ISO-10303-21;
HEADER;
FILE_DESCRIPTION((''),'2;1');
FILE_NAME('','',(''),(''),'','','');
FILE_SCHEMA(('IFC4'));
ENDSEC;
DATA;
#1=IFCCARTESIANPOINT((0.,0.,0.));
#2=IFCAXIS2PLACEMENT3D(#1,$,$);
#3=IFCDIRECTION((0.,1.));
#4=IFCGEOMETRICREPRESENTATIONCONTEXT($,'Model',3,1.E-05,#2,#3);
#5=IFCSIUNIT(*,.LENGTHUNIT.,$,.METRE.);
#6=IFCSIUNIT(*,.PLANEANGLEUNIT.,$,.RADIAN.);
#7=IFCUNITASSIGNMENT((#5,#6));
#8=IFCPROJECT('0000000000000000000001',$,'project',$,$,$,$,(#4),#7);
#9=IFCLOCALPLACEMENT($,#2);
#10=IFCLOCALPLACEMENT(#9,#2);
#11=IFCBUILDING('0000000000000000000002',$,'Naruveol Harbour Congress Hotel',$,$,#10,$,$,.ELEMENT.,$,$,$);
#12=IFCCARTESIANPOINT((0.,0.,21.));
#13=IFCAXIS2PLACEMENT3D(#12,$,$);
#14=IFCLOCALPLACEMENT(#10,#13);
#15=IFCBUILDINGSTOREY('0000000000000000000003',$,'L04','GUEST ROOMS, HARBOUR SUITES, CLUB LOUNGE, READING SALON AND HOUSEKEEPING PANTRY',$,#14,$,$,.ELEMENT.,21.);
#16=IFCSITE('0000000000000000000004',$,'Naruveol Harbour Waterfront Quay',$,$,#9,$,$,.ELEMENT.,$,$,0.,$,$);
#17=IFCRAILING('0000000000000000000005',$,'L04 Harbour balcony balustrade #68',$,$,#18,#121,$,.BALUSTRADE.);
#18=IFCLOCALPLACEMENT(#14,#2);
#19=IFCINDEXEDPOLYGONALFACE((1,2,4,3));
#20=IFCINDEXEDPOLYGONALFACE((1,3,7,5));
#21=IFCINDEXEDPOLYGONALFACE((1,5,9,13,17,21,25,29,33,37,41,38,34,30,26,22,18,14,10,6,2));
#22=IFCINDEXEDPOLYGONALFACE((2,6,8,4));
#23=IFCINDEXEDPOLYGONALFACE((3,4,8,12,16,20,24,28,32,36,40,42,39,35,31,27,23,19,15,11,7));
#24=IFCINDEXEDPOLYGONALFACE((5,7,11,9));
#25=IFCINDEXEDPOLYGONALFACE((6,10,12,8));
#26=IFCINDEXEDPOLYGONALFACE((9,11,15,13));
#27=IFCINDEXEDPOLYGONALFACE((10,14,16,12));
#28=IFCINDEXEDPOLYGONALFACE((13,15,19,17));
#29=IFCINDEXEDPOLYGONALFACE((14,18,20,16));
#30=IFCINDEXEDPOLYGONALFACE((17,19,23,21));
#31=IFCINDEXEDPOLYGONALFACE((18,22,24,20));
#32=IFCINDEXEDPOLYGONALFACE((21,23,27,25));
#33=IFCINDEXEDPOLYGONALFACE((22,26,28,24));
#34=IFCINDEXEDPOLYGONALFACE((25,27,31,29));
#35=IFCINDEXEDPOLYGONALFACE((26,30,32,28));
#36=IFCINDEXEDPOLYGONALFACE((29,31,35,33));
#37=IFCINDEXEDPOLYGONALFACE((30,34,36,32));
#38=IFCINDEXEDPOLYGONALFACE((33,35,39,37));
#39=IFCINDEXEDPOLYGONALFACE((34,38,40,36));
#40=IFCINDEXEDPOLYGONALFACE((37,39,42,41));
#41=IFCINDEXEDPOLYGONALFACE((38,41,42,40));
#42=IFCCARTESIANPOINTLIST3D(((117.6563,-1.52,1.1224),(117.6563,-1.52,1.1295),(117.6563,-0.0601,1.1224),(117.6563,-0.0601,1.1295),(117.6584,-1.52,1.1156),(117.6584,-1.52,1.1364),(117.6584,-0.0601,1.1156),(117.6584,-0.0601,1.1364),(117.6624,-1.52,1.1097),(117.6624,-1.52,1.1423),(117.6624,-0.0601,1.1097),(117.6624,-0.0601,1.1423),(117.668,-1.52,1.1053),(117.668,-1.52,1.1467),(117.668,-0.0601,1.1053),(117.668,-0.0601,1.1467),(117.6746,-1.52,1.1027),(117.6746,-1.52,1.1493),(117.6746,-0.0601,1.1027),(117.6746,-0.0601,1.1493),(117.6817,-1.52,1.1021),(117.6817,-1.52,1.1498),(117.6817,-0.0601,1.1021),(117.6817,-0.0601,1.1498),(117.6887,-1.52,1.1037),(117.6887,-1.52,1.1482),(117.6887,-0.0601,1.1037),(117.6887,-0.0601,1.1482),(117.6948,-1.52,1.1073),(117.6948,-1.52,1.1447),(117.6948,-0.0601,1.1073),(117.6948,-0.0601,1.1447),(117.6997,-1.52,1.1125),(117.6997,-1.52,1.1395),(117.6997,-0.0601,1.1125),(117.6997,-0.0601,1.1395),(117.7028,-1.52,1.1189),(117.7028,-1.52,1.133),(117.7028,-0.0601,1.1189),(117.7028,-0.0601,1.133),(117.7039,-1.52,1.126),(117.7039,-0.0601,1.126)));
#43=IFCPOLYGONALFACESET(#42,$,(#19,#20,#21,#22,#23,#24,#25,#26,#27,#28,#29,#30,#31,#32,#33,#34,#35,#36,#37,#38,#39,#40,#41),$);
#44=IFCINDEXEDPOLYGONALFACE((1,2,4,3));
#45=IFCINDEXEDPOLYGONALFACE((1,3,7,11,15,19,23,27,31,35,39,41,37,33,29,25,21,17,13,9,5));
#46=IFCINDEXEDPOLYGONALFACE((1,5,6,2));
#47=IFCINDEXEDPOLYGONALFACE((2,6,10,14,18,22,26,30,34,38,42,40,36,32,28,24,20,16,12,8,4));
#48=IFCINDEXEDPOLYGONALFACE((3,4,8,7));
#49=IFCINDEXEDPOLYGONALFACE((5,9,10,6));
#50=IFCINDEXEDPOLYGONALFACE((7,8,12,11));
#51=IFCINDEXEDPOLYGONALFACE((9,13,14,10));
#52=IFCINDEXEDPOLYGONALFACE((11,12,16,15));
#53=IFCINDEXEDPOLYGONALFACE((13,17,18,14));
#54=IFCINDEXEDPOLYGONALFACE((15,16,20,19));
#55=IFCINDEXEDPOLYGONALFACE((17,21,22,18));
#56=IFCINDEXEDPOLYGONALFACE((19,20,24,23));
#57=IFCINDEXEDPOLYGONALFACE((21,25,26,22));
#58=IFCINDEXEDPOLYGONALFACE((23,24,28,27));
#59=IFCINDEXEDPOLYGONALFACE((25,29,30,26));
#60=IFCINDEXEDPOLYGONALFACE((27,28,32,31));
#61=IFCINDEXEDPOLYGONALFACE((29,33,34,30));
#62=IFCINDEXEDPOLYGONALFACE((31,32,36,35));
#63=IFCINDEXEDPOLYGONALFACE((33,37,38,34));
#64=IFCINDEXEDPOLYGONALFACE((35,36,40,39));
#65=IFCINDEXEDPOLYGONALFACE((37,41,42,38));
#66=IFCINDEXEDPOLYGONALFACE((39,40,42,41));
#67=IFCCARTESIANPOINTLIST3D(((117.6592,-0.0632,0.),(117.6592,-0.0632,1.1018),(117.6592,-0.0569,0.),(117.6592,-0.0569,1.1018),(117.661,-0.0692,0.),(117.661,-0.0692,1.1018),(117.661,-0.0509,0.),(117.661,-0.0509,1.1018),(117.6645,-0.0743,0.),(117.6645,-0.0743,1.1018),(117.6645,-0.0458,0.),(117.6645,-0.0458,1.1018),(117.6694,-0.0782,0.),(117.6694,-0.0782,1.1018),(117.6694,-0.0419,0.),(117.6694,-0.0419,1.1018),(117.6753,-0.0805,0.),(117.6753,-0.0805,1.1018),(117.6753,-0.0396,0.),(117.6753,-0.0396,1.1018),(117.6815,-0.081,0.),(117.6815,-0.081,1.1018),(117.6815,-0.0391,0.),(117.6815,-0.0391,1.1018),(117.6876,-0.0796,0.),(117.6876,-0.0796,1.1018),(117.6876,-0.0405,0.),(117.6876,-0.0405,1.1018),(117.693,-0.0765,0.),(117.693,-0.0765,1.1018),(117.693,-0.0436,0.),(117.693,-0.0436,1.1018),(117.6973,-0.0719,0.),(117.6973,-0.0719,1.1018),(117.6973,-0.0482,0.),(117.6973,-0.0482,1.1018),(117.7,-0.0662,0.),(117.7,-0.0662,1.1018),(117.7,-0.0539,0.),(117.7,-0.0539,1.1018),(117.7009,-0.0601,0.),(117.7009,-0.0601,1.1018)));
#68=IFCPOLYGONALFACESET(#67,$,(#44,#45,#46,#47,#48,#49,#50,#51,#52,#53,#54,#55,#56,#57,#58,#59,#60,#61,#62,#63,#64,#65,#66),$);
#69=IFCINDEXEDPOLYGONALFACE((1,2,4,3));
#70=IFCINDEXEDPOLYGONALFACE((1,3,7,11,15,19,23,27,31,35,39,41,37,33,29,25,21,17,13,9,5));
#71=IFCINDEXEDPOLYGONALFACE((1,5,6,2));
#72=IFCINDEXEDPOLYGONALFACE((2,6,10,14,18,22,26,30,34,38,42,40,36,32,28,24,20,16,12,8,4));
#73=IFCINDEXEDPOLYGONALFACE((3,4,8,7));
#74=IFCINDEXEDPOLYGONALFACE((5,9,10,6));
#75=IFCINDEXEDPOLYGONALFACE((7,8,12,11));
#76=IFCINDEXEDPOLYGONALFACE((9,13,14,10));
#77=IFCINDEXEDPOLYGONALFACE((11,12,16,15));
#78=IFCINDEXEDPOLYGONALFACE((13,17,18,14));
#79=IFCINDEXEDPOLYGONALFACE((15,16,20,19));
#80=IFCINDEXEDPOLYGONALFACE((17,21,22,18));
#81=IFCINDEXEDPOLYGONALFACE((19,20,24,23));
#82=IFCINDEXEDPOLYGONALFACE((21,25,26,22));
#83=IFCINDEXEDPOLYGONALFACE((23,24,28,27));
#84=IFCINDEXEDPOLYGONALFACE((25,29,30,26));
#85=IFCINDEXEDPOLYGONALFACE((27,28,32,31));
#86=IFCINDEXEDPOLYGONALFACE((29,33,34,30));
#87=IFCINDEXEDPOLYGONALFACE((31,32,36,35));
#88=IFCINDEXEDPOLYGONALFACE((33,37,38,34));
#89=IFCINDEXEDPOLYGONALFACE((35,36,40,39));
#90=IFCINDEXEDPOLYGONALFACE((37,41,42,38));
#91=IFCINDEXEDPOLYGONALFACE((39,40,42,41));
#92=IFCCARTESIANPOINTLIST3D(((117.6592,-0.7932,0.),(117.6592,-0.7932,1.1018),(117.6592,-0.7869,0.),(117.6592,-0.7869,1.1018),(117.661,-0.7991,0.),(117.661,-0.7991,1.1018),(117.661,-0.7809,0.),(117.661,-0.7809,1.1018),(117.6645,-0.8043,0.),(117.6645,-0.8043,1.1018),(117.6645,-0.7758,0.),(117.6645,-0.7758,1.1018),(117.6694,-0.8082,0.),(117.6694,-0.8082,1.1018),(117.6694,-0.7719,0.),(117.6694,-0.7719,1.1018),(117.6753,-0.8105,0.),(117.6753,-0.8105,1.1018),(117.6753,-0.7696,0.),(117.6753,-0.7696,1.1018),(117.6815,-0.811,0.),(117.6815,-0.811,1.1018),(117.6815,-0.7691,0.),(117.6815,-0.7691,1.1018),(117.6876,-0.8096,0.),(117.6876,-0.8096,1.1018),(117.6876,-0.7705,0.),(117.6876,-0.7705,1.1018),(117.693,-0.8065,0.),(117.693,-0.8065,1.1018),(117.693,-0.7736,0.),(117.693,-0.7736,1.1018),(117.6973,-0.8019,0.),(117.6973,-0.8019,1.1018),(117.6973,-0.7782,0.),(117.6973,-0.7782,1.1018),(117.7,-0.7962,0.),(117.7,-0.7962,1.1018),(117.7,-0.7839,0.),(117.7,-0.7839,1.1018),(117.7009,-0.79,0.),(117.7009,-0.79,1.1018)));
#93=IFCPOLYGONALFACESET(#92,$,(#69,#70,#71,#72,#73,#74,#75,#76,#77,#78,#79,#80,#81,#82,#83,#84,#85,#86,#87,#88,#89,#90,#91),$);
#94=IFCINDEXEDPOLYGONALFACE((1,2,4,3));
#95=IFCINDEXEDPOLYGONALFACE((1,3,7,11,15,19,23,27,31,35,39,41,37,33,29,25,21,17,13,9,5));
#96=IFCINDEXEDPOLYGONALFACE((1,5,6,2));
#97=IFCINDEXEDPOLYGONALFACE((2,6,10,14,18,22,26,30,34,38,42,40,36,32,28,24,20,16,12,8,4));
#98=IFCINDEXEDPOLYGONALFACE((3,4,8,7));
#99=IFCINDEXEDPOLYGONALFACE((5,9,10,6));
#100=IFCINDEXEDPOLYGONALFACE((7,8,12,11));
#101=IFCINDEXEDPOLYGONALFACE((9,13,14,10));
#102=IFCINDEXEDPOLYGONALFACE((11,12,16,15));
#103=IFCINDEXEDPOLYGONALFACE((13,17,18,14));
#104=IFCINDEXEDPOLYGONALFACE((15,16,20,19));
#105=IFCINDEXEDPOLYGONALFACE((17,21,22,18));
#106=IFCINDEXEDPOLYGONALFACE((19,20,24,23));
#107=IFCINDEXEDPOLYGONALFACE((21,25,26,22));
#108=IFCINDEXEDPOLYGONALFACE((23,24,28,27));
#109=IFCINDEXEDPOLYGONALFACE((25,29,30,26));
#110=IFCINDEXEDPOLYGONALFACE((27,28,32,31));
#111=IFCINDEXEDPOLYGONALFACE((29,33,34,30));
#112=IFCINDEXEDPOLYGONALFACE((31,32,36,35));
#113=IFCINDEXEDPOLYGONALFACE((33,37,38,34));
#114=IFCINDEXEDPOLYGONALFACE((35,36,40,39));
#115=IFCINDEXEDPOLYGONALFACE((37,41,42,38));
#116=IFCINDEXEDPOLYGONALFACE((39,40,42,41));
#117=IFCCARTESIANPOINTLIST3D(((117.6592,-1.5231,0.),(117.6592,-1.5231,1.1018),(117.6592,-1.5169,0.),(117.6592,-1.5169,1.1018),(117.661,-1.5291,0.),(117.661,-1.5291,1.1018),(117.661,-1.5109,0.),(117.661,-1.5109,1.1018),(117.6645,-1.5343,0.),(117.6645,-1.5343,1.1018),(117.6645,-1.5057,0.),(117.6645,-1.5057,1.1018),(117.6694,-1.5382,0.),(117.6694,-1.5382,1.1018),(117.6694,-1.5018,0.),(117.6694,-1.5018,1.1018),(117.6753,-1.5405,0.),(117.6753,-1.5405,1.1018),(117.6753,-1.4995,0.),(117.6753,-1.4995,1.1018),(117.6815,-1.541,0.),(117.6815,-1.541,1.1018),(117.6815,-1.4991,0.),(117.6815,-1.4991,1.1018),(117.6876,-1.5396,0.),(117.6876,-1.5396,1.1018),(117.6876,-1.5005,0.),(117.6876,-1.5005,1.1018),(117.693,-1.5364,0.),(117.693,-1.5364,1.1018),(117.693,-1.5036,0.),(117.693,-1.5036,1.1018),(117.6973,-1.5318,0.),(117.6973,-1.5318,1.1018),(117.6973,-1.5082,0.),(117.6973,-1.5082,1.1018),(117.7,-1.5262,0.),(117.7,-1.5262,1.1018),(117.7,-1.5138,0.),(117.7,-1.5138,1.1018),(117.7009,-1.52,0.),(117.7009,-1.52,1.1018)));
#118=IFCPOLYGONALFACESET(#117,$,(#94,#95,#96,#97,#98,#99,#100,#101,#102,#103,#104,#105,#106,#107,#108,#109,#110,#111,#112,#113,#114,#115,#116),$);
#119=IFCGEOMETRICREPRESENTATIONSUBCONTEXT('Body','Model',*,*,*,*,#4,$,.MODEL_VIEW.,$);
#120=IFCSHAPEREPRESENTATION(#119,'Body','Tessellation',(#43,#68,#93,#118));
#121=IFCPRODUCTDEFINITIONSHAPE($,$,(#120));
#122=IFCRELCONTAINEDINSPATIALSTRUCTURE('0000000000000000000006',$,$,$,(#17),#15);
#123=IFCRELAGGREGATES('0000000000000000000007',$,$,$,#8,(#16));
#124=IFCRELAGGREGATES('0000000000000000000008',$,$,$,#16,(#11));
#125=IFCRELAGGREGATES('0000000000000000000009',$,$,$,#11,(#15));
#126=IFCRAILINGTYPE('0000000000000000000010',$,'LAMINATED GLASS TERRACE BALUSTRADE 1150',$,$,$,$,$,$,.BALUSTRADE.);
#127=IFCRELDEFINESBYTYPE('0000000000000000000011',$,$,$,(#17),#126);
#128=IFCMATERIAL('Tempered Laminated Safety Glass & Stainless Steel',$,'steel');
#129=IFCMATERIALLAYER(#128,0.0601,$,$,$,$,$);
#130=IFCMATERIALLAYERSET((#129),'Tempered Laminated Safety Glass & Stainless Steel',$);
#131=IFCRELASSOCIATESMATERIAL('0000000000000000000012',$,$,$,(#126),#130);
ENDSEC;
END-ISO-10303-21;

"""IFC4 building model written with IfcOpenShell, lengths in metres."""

from ifc_helpers import new_model, si_unit, direction, frame, origin, origin_2d, place, context, subcontext, project, spatial, circle, extrude, material, layer, layer_set, type_object, element, save


model = new_model("IFC4")

# Units and contexts
model_context = context("Model", 3, precision=1e-05, world=origin(), true_north=direction((0.0, 1.0)))
body_context = subcontext(model_context, "Body", "Model", "MODEL_VIEW")
ifc_project = project(units=[si_unit("LENGTHUNIT", "METRE"), si_unit("PLANEANGLEUNIT", "RADIAN")], contexts=[model_context])

# Site, building, storey
site_placement = place(None, origin())
site = spatial("IfcSite", under=ifc_project, at=site_placement, Name="Naruveol Harbour Waterfront Quay", CompositionType="ELEMENT", RefElevation=0.0)
building_placement = place(site_placement, origin())
building = spatial("IfcBuilding", under=site, at=building_placement, Name="Naruveol Harbour Congress Hotel", CompositionType="ELEMENT")
storey_placement = place(building_placement, frame((0.0, 0.0, 21.0)))
storey = spatial("IfcBuildingStorey", under=building, at=storey_placement, Name="L04", Description="GUEST ROOMS, HARBOUR SUITES, CLUB LOUNGE, READING SALON AND HOUSEKEEPING PANTRY", CompositionType="ELEMENT", Elevation=21.0)

# Railing
ifc_material_1 = material(Name="Tempered Laminated Safety Glass & Stainless Steel", Category="steel")
ifc_layer_1 = layer(ifc_material_1, 0.0601)
ifc_layer_set_1 = layer_set([ifc_layer_1], Name="Tempered Laminated Safety Glass & Stainless Steel")
railing_type = type_object("IfcRailingType", Name="LAMINATED GLASS TERRACE BALUSTRADE 1150", PredefinedType="BALUSTRADE", material=ifc_layer_set_1)
railing_placement = place(storey_placement, frame((117.6799, -0.0601, 0.0)))
element("IfcRailing", 1, at=railing_placement, inside=storey, type_object=railing_type, Name="L04 Harbour balcony balustrade #68", PredefinedType="BALUSTRADE", context=body_context, shape_type="SweptSolid", body=[
    extrude(circle(Radius=0.0239, at=origin_2d()), frame((0.0, 0.0, 1.126), z_axis=(0.0, -1.0, 0.0), x_axis=(1.0, 0.0, 0.0)), (0.0, 0.0, 1.0), 1.46),
    extrude(circle(Radius=0.021, at=origin_2d()), origin(), (0.0, 0.0, 1.0), 1.1018),
    extrude(circle(Radius=0.021, at=origin_2d()), frame((0.0, -0.73, 0.0)), (0.0, 0.0, 1.0), 1.1018),
    extrude(circle(Radius=0.021, at=origin_2d()), frame((0.0, -1.46, 0.0)), (0.0, 0.0, 1.0), 1.1018),
])

save(model, "model.ifc")
